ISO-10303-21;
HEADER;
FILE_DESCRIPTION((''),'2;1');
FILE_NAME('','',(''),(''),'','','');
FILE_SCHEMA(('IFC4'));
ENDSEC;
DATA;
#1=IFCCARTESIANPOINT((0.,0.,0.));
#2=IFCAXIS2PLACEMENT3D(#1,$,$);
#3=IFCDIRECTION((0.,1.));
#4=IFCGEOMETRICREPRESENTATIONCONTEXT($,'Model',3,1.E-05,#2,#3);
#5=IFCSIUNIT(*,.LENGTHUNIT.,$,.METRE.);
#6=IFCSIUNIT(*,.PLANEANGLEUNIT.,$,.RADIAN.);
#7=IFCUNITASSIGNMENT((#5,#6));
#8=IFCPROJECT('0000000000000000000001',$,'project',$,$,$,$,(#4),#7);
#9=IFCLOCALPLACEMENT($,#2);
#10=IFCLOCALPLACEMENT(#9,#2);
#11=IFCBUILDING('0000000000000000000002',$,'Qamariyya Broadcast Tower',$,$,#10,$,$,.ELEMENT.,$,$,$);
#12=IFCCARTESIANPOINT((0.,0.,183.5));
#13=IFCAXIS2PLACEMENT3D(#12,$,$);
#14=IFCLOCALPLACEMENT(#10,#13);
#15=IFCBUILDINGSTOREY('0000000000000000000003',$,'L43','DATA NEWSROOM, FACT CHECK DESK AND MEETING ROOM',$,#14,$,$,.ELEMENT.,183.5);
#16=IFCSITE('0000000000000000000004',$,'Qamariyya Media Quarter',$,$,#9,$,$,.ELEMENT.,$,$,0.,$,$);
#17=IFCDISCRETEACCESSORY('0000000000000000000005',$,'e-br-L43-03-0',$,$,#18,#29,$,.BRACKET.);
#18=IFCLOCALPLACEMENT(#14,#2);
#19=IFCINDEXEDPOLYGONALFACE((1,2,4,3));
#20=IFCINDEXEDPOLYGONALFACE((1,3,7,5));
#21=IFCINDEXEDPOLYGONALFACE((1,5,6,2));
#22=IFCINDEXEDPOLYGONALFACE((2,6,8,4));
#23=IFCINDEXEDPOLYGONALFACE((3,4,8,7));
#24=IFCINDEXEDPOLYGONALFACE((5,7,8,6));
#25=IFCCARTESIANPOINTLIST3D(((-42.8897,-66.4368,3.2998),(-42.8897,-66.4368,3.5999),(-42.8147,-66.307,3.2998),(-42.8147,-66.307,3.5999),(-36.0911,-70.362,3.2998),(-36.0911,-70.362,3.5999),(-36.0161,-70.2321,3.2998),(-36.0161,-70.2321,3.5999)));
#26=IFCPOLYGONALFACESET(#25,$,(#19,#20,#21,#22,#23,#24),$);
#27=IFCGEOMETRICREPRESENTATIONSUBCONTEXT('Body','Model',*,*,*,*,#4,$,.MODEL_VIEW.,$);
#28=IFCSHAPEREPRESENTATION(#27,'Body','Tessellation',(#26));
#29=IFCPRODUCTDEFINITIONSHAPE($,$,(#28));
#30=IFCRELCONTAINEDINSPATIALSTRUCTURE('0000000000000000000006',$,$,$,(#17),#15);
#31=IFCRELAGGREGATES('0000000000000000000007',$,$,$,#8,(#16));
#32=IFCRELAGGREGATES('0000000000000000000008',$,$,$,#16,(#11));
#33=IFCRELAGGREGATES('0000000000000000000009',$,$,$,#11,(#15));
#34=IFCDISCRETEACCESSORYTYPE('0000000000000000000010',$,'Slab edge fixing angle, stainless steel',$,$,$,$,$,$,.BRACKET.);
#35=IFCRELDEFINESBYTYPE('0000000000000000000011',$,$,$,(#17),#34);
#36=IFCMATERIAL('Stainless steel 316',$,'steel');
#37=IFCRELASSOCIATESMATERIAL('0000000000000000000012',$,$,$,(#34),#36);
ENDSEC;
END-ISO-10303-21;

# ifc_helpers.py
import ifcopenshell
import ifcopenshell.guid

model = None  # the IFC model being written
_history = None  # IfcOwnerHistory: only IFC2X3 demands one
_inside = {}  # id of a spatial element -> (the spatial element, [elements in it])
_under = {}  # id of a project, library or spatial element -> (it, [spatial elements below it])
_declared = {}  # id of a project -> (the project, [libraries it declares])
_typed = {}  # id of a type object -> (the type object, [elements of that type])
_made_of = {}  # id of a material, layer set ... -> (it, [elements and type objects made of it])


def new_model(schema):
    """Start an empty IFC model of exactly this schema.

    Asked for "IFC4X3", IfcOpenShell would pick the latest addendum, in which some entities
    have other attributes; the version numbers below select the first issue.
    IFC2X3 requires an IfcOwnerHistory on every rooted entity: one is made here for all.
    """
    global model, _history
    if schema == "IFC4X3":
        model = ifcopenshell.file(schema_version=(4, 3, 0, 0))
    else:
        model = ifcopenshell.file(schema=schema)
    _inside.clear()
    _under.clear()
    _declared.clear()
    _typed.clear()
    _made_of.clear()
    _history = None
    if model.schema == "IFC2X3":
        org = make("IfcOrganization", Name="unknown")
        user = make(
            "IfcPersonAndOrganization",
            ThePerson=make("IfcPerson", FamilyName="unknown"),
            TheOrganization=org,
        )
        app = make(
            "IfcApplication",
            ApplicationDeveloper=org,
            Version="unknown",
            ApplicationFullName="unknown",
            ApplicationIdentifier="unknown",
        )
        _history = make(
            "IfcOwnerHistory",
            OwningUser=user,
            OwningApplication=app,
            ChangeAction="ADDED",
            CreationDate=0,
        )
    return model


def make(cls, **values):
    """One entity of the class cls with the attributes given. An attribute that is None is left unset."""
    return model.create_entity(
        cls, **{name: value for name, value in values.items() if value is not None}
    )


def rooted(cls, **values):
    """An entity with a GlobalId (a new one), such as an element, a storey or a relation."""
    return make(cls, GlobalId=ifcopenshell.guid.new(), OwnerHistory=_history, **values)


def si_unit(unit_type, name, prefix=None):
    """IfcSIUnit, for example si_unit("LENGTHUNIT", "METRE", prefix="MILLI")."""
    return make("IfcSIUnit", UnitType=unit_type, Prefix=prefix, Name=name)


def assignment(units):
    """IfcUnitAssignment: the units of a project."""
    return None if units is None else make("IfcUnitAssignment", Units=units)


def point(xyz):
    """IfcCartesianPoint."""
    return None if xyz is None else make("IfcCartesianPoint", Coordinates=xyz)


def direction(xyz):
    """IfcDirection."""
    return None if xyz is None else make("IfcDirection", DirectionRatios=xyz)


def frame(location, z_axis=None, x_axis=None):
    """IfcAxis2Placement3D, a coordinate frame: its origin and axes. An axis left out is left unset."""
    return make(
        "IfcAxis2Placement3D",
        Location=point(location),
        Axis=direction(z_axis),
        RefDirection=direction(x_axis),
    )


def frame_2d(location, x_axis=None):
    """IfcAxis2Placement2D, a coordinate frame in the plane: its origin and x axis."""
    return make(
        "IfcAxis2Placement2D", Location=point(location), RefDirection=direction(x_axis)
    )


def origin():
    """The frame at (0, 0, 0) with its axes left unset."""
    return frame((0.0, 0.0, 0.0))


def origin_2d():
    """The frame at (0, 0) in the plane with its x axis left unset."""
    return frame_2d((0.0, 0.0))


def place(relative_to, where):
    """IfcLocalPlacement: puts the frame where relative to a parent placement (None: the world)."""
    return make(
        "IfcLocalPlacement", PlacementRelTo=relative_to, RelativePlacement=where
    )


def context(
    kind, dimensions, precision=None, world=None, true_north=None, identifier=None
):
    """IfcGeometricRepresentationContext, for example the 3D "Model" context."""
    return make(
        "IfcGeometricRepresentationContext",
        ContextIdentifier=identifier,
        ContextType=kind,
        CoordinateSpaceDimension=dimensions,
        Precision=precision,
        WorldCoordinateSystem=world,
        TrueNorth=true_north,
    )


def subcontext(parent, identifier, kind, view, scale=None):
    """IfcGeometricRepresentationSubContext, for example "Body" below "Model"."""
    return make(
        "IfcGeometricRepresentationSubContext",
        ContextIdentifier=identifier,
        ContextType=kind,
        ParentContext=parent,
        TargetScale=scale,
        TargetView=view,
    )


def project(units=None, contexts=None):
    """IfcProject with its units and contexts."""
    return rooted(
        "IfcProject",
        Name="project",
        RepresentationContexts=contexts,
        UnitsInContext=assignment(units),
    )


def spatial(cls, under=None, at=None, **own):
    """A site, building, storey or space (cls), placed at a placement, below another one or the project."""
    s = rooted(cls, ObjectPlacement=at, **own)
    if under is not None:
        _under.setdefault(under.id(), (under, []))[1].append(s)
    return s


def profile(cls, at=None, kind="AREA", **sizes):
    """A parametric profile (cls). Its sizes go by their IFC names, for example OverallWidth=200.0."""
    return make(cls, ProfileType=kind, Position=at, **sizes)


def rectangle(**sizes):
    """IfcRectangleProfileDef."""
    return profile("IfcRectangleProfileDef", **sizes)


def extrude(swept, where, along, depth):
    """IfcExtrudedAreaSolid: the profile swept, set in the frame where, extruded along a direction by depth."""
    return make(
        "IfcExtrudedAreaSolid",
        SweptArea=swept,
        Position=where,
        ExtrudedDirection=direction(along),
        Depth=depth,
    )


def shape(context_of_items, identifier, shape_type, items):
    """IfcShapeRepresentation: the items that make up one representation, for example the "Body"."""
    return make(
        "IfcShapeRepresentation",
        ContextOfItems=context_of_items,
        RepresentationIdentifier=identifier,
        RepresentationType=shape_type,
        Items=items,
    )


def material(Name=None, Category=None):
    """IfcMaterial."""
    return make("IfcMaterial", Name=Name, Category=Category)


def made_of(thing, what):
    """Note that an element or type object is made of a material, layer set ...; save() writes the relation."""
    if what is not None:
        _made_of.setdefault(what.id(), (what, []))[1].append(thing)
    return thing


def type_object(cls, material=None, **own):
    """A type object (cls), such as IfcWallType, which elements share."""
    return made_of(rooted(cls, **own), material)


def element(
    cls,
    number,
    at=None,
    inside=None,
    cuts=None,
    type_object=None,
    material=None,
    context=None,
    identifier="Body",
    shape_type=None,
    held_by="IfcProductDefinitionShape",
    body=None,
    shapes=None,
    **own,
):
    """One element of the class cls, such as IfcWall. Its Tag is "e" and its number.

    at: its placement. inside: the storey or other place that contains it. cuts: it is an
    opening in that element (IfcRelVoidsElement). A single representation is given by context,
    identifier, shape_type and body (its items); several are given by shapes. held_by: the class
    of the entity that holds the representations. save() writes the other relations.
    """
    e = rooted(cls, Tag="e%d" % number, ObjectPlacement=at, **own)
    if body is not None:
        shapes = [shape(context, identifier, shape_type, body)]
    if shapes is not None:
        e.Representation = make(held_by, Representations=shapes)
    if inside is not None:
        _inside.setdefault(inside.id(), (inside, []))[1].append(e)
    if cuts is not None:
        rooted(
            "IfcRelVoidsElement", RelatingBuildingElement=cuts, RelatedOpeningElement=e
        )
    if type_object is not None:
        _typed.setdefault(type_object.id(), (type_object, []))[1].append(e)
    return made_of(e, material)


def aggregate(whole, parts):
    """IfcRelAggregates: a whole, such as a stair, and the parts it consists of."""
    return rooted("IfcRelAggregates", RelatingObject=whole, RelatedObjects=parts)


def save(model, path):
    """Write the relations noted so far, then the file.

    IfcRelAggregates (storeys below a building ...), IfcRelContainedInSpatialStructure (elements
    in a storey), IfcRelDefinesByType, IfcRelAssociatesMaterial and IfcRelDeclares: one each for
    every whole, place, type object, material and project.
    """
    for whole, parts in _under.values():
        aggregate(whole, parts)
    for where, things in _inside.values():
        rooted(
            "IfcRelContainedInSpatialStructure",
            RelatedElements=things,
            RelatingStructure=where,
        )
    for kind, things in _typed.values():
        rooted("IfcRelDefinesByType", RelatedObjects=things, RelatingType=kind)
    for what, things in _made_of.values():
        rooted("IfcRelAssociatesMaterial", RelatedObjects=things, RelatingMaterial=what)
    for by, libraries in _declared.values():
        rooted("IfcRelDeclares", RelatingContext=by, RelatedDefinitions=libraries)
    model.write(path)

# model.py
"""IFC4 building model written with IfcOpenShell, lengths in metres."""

from ifc_helpers import new_model, si_unit, direction, frame, origin, origin_2d, place, context, subcontext, project, spatial, rectangle, extrude, material, type_object, element, save


model = new_model("IFC4")

# Units and contexts
model_context = context("Model", 3, precision=1e-05, world=origin(), true_north=direction((0.0, 1.0)))
body_context = subcontext(model_context, "Body", "Model", "MODEL_VIEW")
ifc_project = project(units=[si_unit("LENGTHUNIT", "METRE"), si_unit("PLANEANGLEUNIT", "RADIAN")], contexts=[model_context])

# Site, building, storey
site_placement = place(None, origin())
site = spatial("IfcSite", under=ifc_project, at=site_placement, Name="Qamariyya Media Quarter", CompositionType="ELEMENT", RefElevation=0.0)
building_placement = place(site_placement, origin())
building = spatial("IfcBuilding", under=site, at=building_placement, Name="Qamariyya Broadcast Tower", CompositionType="ELEMENT")
storey_placement = place(building_placement, frame((0.0, 0.0, 183.5)))
storey = spatial("IfcBuildingStorey", under=building, at=storey_placement, Name="L43", Description="DATA NEWSROOM, FACT CHECK DESK AND MEETING ROOM", CompositionType="ELEMENT", Elevation=183.5)

# Discrete accessory
ifc_material_1 = material(Name="Stainless steel 316", Category="steel")
discrete_accessory_type = type_object("IfcDiscreteAccessoryType", Name="Slab edge fixing angle, stainless steel", PredefinedType="BRACKET", material=ifc_material_1)
discrete_accessory_placement = place(storey_placement, frame((-39.4529, -68.3345, 3.2998), z_axis=(0.0, 0.0, 1.0), x_axis=(0.866025, -0.5, 0.0)))
element("IfcDiscreteAccessory", 1, at=discrete_accessory_placement, inside=storey, type_object=discrete_accessory_type, Name="e-br-L43-03-0", PredefinedType="BRACKET", context=body_context, shape_type="SweptSolid", body=[
    extrude(rectangle(XDim=7.8503, YDim=0.1499, at=origin_2d()), origin(), (0.0, 0.0, 1.0), 0.3),
])

save(model, "model.ifc")
